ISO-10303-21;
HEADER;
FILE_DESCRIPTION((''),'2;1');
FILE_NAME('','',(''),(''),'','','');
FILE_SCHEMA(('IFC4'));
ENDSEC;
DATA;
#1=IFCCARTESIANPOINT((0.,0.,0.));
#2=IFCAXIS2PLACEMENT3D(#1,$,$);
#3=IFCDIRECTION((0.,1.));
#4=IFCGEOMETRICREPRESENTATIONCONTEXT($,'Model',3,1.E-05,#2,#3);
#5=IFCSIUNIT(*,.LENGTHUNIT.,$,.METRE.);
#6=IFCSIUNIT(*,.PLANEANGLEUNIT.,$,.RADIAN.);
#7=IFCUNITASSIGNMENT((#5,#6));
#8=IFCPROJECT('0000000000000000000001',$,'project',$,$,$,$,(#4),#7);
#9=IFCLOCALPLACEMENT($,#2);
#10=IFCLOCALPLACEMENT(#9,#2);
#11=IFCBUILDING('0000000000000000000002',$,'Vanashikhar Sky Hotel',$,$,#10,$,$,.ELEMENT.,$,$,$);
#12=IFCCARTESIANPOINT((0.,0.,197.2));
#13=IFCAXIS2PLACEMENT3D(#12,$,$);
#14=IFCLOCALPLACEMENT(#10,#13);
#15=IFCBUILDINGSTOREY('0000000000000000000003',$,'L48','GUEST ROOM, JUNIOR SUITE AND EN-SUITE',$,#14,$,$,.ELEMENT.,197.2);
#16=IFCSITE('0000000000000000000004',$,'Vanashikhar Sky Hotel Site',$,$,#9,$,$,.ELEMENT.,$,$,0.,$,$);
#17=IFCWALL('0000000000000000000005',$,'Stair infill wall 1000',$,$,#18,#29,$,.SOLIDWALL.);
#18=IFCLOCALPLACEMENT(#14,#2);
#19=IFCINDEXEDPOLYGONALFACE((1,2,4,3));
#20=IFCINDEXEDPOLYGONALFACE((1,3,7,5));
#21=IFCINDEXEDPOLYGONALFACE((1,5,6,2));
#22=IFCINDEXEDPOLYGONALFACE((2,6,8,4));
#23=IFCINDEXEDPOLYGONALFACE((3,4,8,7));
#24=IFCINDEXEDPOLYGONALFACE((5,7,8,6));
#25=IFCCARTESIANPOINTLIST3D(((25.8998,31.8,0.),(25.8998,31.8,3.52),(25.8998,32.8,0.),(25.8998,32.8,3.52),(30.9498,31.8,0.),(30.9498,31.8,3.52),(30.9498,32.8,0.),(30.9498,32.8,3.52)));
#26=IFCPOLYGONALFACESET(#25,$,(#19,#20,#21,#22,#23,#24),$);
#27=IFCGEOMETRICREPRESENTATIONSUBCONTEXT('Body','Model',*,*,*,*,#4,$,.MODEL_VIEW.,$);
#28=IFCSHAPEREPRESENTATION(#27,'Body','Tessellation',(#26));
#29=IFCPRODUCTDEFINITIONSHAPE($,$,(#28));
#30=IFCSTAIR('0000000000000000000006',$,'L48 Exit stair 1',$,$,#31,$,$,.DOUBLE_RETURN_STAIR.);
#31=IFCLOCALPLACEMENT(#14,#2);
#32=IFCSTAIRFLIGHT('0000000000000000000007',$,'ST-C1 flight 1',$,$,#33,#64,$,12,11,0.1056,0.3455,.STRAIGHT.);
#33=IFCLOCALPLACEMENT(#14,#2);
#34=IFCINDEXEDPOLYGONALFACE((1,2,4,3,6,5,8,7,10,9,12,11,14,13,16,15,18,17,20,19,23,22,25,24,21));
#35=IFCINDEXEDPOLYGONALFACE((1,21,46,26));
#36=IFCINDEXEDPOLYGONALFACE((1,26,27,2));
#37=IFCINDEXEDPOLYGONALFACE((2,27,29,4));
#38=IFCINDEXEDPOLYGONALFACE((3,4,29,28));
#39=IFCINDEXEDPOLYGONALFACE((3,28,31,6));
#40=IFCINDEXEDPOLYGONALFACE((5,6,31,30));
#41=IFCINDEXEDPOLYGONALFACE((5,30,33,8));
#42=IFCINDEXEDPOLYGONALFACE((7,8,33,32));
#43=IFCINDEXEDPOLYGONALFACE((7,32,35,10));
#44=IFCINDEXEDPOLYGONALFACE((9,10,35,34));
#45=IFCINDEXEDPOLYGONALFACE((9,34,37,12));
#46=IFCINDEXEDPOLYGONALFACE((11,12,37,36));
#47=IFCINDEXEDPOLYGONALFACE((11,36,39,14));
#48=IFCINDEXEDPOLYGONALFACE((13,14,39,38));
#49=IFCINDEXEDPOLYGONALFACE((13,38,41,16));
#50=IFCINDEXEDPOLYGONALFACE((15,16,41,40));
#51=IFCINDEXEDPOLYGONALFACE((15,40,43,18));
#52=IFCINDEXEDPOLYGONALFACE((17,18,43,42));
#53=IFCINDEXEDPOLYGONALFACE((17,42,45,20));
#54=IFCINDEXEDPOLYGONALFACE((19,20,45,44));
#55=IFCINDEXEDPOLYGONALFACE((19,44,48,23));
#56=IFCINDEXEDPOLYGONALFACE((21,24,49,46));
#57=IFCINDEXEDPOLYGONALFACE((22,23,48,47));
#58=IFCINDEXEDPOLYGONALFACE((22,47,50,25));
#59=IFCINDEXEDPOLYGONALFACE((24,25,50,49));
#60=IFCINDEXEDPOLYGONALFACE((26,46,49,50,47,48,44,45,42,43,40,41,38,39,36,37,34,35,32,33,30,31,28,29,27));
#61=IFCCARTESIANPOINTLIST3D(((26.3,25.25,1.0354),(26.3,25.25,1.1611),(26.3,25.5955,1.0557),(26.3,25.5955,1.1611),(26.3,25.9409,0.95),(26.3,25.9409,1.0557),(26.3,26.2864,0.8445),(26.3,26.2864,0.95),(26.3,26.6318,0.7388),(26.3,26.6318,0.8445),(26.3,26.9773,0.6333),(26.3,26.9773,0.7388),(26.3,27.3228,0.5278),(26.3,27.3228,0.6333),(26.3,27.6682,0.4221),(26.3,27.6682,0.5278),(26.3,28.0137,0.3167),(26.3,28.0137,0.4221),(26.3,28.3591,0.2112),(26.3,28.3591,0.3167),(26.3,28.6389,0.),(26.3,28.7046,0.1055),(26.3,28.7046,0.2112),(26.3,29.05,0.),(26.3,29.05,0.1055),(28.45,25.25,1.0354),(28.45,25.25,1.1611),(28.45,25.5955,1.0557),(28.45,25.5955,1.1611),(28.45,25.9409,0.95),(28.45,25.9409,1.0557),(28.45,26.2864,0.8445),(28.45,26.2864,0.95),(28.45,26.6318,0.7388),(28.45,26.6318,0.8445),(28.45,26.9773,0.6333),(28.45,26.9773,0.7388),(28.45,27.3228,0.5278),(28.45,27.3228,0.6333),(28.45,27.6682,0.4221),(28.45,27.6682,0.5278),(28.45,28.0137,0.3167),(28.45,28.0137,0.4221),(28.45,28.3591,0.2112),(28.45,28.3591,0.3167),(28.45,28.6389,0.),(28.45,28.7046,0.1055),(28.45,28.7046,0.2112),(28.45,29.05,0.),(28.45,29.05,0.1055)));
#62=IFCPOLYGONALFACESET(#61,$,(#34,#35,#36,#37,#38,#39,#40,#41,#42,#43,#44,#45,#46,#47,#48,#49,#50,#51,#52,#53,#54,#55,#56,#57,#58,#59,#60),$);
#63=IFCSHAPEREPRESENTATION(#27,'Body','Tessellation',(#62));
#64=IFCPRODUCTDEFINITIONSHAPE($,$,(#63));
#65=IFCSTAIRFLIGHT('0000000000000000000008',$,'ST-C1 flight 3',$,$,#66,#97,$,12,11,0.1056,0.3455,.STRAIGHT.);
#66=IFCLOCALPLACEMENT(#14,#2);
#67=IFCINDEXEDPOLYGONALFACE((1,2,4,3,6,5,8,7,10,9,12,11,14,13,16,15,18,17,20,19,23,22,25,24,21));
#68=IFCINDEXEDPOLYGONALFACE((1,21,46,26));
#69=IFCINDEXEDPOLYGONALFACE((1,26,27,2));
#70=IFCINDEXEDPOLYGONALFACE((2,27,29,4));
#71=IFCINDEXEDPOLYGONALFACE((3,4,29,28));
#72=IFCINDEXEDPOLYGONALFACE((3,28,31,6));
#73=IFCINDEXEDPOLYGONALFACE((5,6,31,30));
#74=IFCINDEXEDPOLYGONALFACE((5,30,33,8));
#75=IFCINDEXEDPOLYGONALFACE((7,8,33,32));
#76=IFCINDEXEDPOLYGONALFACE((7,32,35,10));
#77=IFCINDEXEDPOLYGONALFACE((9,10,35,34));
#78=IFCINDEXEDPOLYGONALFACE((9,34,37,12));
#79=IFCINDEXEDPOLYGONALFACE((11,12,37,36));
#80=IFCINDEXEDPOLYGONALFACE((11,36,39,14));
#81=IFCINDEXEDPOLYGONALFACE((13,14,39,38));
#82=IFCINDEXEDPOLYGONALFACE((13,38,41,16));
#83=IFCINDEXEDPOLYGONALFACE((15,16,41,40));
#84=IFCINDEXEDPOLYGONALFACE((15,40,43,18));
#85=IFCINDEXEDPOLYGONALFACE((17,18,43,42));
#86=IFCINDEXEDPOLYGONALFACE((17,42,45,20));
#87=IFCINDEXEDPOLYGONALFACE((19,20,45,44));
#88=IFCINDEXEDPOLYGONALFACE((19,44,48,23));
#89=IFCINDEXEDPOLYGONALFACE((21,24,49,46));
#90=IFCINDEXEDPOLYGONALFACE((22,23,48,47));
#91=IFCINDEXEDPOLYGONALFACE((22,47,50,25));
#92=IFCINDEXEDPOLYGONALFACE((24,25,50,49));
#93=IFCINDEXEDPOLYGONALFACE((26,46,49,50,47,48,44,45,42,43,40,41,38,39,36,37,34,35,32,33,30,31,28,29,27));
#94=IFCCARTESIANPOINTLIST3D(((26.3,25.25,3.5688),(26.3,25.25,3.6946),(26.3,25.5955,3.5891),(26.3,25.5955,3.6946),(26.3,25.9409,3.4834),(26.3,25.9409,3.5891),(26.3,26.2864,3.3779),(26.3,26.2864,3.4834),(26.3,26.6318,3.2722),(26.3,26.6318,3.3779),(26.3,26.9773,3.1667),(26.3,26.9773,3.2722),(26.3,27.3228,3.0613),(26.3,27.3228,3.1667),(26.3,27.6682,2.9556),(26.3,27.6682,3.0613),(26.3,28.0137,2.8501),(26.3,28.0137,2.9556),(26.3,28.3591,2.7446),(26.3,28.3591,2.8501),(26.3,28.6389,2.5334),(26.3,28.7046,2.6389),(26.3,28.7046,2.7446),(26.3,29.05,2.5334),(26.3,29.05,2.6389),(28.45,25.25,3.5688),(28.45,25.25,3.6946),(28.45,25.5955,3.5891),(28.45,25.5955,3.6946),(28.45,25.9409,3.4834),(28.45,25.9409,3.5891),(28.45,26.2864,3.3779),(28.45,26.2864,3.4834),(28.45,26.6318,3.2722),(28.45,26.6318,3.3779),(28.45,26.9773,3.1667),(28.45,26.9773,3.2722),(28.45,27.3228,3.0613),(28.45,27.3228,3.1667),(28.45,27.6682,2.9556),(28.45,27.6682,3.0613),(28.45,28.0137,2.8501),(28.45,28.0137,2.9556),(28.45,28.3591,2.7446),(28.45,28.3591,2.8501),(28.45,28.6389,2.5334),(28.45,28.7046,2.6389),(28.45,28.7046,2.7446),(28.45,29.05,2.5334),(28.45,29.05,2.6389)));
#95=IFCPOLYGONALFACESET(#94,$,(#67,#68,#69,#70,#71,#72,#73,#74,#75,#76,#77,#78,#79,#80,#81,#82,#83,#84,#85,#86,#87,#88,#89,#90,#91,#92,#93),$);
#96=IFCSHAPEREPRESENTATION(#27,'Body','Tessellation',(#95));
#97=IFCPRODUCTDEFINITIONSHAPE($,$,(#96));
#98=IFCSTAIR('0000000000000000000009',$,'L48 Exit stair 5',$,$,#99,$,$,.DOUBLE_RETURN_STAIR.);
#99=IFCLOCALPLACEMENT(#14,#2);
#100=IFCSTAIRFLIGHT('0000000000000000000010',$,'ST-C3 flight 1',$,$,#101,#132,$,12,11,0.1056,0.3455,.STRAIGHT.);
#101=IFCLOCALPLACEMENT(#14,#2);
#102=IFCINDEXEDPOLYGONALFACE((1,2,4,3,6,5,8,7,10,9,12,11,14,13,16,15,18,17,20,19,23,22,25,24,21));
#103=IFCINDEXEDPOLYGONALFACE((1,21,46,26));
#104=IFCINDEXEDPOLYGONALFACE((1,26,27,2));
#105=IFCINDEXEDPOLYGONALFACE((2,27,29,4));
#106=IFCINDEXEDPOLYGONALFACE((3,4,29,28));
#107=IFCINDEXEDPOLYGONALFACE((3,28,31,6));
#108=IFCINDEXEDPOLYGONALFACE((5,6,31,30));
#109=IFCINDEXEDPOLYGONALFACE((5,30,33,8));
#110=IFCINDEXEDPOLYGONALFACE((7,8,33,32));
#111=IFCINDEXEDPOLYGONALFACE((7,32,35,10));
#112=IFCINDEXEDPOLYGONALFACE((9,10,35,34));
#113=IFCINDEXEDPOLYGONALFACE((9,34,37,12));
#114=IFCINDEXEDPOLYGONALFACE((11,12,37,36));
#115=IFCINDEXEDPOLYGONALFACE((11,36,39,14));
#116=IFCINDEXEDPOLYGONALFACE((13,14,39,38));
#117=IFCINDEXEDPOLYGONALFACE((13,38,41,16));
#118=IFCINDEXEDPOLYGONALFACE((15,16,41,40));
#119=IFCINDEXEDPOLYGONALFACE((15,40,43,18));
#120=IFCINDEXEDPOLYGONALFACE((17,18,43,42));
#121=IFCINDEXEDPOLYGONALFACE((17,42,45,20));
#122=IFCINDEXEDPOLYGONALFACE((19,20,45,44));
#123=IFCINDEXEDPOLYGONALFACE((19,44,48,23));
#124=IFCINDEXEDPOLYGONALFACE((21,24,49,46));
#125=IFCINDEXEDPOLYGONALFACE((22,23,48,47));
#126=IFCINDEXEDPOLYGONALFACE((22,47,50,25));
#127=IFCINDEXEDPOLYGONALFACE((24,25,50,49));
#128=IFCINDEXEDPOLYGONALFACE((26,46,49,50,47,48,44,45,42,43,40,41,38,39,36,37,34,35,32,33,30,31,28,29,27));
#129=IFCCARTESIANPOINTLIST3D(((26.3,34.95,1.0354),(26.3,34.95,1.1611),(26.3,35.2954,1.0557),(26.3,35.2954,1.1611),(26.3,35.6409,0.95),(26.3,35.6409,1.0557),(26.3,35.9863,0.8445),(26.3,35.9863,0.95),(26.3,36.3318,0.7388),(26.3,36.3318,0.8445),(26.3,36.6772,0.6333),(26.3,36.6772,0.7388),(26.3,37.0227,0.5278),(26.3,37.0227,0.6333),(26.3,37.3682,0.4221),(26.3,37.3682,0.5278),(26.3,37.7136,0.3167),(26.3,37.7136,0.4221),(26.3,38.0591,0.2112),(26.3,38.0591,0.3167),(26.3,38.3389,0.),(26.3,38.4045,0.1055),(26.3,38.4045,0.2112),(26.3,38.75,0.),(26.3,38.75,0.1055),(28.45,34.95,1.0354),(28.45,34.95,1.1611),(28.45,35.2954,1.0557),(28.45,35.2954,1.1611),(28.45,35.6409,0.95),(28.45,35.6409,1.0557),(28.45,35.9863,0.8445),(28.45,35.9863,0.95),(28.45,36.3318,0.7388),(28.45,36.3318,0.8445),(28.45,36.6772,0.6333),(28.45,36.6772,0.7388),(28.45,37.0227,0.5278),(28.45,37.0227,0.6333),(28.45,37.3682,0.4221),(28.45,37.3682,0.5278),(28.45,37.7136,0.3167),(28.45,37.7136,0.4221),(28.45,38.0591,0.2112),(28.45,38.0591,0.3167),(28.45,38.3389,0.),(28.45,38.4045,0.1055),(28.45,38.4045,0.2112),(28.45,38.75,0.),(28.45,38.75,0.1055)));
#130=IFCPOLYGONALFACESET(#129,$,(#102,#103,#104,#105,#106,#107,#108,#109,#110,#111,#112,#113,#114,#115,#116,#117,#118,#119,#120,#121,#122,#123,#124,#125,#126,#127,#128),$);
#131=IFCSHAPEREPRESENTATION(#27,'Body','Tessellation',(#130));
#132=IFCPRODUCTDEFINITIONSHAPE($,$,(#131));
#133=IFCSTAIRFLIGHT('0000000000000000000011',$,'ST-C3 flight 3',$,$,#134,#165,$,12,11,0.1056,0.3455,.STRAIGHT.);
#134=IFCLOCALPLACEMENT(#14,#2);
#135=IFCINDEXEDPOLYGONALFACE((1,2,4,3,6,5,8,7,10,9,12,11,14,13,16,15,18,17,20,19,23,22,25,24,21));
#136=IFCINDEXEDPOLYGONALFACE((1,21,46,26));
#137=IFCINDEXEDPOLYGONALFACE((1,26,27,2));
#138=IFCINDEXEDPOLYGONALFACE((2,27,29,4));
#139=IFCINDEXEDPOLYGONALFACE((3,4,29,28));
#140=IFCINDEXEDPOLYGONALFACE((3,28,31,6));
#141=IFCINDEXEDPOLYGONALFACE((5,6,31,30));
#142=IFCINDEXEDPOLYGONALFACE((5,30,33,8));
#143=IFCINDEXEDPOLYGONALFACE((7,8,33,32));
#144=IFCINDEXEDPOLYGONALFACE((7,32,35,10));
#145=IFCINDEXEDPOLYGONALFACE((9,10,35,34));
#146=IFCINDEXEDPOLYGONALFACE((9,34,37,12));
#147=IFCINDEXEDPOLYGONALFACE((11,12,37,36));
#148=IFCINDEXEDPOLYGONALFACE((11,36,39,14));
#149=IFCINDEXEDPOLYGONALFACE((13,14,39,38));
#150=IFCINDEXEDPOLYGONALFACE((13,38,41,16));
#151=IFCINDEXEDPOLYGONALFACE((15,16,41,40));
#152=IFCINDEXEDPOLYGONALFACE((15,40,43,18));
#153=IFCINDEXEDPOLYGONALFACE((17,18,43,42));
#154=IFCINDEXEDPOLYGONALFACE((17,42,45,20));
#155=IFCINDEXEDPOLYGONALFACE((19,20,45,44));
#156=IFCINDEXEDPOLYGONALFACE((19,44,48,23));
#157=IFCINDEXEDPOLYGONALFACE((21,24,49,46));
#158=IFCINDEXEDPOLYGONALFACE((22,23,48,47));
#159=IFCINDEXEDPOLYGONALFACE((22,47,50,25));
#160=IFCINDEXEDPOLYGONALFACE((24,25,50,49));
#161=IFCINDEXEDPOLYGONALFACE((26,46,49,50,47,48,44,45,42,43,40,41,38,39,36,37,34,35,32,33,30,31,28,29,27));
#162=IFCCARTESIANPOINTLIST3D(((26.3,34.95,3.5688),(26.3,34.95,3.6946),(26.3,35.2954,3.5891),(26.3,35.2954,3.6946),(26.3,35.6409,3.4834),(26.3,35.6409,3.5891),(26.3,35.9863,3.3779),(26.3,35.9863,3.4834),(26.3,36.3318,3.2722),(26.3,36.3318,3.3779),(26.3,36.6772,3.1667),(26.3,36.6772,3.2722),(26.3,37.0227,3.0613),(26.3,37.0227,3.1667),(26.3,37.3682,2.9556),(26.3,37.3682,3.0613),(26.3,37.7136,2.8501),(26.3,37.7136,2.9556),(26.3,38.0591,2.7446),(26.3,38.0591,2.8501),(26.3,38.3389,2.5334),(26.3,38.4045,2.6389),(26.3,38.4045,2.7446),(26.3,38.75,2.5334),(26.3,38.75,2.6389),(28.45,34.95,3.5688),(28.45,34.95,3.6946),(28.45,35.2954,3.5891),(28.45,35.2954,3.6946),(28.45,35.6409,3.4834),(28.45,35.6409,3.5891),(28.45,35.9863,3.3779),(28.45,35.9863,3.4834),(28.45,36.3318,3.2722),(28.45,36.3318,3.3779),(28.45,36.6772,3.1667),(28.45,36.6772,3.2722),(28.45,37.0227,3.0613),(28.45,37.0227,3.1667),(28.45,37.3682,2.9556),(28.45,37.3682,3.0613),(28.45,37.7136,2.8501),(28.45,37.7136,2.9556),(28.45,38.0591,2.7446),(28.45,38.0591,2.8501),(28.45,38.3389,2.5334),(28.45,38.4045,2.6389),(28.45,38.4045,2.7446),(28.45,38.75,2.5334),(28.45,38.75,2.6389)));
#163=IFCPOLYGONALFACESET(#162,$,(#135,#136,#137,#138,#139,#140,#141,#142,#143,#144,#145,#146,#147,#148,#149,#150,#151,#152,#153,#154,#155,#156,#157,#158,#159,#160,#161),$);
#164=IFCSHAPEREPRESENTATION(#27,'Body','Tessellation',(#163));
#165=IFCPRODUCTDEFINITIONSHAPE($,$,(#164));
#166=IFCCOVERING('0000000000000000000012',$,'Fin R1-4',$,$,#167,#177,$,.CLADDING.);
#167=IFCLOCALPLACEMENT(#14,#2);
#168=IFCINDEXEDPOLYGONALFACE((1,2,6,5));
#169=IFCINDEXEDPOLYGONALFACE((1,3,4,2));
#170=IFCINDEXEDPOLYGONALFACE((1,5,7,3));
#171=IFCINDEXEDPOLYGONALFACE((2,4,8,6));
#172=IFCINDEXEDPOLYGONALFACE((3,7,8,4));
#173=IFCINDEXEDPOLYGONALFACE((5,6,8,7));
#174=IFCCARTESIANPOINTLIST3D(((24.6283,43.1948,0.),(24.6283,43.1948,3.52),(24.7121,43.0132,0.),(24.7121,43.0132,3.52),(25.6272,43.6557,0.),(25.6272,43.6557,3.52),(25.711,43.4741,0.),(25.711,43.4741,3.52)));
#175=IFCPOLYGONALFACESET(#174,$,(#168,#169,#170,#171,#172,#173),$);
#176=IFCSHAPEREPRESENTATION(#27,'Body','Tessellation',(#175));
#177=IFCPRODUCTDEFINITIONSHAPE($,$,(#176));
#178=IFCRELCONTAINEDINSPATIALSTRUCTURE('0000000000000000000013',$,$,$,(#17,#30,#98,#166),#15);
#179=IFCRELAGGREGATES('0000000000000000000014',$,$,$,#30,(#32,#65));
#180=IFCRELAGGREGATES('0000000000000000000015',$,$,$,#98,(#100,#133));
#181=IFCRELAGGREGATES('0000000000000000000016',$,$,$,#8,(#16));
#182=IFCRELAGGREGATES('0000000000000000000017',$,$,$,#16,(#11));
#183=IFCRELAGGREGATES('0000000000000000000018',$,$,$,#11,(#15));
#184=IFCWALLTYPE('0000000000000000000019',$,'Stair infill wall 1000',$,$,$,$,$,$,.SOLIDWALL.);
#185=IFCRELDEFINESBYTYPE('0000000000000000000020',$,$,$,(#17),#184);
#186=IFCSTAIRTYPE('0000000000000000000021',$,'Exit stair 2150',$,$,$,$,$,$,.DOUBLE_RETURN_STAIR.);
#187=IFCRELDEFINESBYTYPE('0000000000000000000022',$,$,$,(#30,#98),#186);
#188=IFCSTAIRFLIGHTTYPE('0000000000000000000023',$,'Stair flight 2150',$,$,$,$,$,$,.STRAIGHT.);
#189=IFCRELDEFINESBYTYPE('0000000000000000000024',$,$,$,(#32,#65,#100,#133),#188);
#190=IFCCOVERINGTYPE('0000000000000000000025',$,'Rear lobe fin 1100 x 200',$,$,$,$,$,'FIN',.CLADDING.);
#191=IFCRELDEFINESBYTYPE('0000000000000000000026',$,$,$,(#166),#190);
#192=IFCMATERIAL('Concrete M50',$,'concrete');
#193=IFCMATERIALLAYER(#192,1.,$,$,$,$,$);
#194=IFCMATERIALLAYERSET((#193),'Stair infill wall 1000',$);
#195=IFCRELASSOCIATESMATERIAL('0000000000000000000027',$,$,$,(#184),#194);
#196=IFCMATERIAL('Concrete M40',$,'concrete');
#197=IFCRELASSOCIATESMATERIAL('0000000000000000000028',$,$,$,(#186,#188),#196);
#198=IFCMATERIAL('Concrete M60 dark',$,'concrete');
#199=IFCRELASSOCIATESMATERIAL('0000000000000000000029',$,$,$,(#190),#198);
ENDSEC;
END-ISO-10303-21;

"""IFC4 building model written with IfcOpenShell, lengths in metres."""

from ifc_helpers import new_model, si_unit, direction, frame, frame_2d, origin, origin_2d, place, context, subcontext, project, spatial, polyline, rectangle, outline, extrude, source, transform, mapped, material, layer, layer_set, material_profile, profile_set, type_object, element, aggregate, save


model = new_model("IFC4")

# Units and contexts
model_context = context("Model", 3, precision=1e-05, world=origin(), true_north=direction((0.0, 1.0)))
body_context = subcontext(model_context, "Body", "Model", "MODEL_VIEW")
ifc_project = project(units=[si_unit("LENGTHUNIT", "METRE"), si_unit("PLANEANGLEUNIT", "RADIAN")], contexts=[model_context])

# Site, building, storey
site_placement = place(None, origin())
site = spatial("IfcSite", under=ifc_project, at=site_placement, Name="Vanashikhar Sky Hotel Site", CompositionType="ELEMENT", RefElevation=0.0)
building_placement = place(site_placement, origin())
building = spatial("IfcBuilding", under=site, at=building_placement, Name="Vanashikhar Sky Hotel", CompositionType="ELEMENT")
storey_placement = place(building_placement, frame((0.0, 0.0, 197.2)))
storey = spatial("IfcBuildingStorey", under=building, at=storey_placement, Name="L48", Description="GUEST ROOM, JUNIOR SUITE AND EN-SUITE", CompositionType="ELEMENT", Elevation=197.2)

# Shared definitions
ifc_material_1 = material(Name="Concrete M50", Category="concrete")

# Wall
ifc_layer_1 = layer(ifc_material_1, 1.0)
ifc_layer_set_1 = layer_set([ifc_layer_1], Name="Stair infill wall 1000")
wall_type_1 = type_object("IfcWallType", Name="Stair infill wall 1000", PredefinedType="SOLIDWALL", material=ifc_layer_set_1)
shared_shape_1 = source(origin(), body_context, "Body", "SweptSolid", [
    extrude(rectangle(XDim=5.05, YDim=1.0, at=frame_2d((2.5249, 0.0))), origin(), (0.0, 0.0, 1.0), 3.52),
])
wall_1_placement = place(storey_placement, frame((25.8999, 32.3, 0.0), z_axis=(0.0, 0.0, 1.0), x_axis=(1.0, 0.0, 0.0)))
element("IfcWall", 1, at=wall_1_placement, inside=storey, type_object=wall_type_1, Name="Stair infill wall 1000", PredefinedType="SOLIDWALL", context=body_context, shape_type="MappedRepresentation", body=[
    mapped(shared_shape_1, transform((0.0, 0.0, 0.0), scale=1.0)),
])

# Stairs, stair flights
ifc_material_2 = material(Name="Concrete M40", Category="concrete")
stair_type = type_object("IfcStairType", Name="Exit stair 2150", PredefinedType="DOUBLE_RETURN_STAIR", material=ifc_material_2)
stair_1_placement = place(storey_placement, origin())
stair_1 = element("IfcStair", 2, at=stair_1_placement, inside=storey, type_object=stair_type, Name="L48 Exit stair 1", PredefinedType="DOUBLE_RETURN_STAIR")
stair_flight_type = type_object("IfcStairFlightType", Name="Stair flight 2150", PredefinedType="STRAIGHT", material=ifc_material_2)
shared_shape_2 = source(origin(), body_context, "Body", "SweptSolid", [
    extrude(outline(polyline([(0.0, 0.0), (0.0, 0.1055), (0.3455, 0.1055), (0.3455, 0.2112), (0.6909, 0.2112), (0.6909, 0.3167), (1.0364, 0.3167), (1.0364, 0.4221), (1.3818, 0.4221), (1.3818, 0.5278), (1.7273, 0.5278), (1.7273, 0.6333), (2.0728, 0.6333), (2.0728, 0.7388), (2.4182, 0.7388), (2.4182, 0.8445), (2.7637, 0.8445), (2.7637, 0.95), (3.1091, 0.95), (3.1091, 1.0557), (3.4546, 1.0557), (3.4546, 1.1611), (3.8, 1.1611), (3.8, 1.2666), (3.8, 1.0354), (0.4111, 0.0), (0.0, 0.0)])), frame((0.0, 1.075, 0.0), z_axis=(0.0, -1.0, 0.0), x_axis=(1.0, 0.0, 0.0)), (0.0, 0.0, 1.0), 2.1499),
])
stair_flight_1_placement = place(storey_placement, frame((27.375, 29.05, 0.0), z_axis=(0.0, 0.0, 1.0), x_axis=(0.0, -1.0, 0.0)))
stair_flight_1 = element("IfcStairFlight", 3, at=stair_flight_1_placement, type_object=stair_flight_type, Name="ST-C1 flight 1", NumberOfRisers=12, NumberOfTreads=11, PredefinedType="STRAIGHT", RiserHeight=0.1056, TreadLength=0.3455, context=body_context, shape_type="MappedRepresentation", body=[
    mapped(shared_shape_2, transform((0.0, 0.0, 0.0), scale=1.0)),
])
stair_flight_2_placement = place(storey_placement, frame((27.375, 29.05, 2.5334), z_axis=(0.0, 0.0, 1.0), x_axis=(0.0, -1.0, 0.0)))
stair_flight_2 = element("IfcStairFlight", 4, at=stair_flight_2_placement, type_object=stair_flight_type, Name="ST-C1 flight 3", NumberOfRisers=12, NumberOfTreads=11, PredefinedType="STRAIGHT", RiserHeight=0.1056, TreadLength=0.3455, context=body_context, shape_type="MappedRepresentation", body=[
    mapped(shared_shape_2, transform((0.0, 0.0, 0.0), scale=1.0)),
])
aggregate(stair_1, [stair_flight_1, stair_flight_2])
stair_2_placement = place(storey_placement, origin())
stair_2 = element("IfcStair", 5, at=stair_2_placement, inside=storey, type_object=stair_type, Name="L48 Exit stair 5", PredefinedType="DOUBLE_RETURN_STAIR")
stair_flight_3_placement = place(storey_placement, frame((27.375, 38.75, 0.0), z_axis=(0.0, 0.0, 1.0), x_axis=(0.0, -1.0, 0.0)))
stair_flight_3 = element("IfcStairFlight", 6, at=stair_flight_3_placement, type_object=stair_flight_type, Name="ST-C3 flight 1", NumberOfRisers=12, NumberOfTreads=11, PredefinedType="STRAIGHT", RiserHeight=0.1056, TreadLength=0.3455, context=body_context, shape_type="MappedRepresentation", body=[
    mapped(shared_shape_2, transform((0.0, 0.0, 0.0), scale=1.0)),
])
stair_flight_4_placement = place(storey_placement, frame((27.375, 38.75, 2.5334), z_axis=(0.0, 0.0, 1.0), x_axis=(0.0, -1.0, 0.0)))
stair_flight_4 = element("IfcStairFlight", 7, at=stair_flight_4_placement, type_object=stair_flight_type, Name="ST-C3 flight 3", NumberOfRisers=12, NumberOfTreads=11, PredefinedType="STRAIGHT", RiserHeight=0.1056, TreadLength=0.3455, context=body_context, shape_type="MappedRepresentation", body=[
    mapped(shared_shape_2, transform((0.0, 0.0, 0.0), scale=1.0)),
])
aggregate(stair_2, [stair_flight_3, stair_flight_4])

# Covering
ifc_material_3 = material(Name="Concrete M60 dark", Category="concrete")
ifc_material_profile = material_profile(ifc_material_3, rectangle(XDim=1.1001, YDim=0.2, at=origin_2d()))
ifc_profile_set = profile_set([ifc_material_profile], Name="Rear lobe fin 1100 x 200")
covering_type = type_object("IfcCoveringType", Name="Rear lobe fin 1100 x 200", ElementType="FIN", PredefinedType="CLADDING", material=ifc_profile_set)
shared_shape_3 = source(origin(), body_context, "Body", "SweptSolid", [
    extrude(rectangle(XDim=1.1001, YDim=0.2, at=origin_2d()), origin(), (0.0, 0.0, 1.0), 3.52),
])
covering_placement = place(storey_placement, frame((25.1697, 43.3345, 0.0), z_axis=(0.0, 0.0, 1.0), x_axis=(0.908004, 0.418961, 0.0)))
element("IfcCovering", 8, at=covering_placement, inside=storey, type_object=covering_type, Name="Fin R1-4", PredefinedType="CLADDING", context=body_context, shape_type="MappedRepresentation", body=[
    mapped(shared_shape_3, transform((0.0, 0.0, 0.0), scale=1.0)),
])

save(model, "model.ifc")
